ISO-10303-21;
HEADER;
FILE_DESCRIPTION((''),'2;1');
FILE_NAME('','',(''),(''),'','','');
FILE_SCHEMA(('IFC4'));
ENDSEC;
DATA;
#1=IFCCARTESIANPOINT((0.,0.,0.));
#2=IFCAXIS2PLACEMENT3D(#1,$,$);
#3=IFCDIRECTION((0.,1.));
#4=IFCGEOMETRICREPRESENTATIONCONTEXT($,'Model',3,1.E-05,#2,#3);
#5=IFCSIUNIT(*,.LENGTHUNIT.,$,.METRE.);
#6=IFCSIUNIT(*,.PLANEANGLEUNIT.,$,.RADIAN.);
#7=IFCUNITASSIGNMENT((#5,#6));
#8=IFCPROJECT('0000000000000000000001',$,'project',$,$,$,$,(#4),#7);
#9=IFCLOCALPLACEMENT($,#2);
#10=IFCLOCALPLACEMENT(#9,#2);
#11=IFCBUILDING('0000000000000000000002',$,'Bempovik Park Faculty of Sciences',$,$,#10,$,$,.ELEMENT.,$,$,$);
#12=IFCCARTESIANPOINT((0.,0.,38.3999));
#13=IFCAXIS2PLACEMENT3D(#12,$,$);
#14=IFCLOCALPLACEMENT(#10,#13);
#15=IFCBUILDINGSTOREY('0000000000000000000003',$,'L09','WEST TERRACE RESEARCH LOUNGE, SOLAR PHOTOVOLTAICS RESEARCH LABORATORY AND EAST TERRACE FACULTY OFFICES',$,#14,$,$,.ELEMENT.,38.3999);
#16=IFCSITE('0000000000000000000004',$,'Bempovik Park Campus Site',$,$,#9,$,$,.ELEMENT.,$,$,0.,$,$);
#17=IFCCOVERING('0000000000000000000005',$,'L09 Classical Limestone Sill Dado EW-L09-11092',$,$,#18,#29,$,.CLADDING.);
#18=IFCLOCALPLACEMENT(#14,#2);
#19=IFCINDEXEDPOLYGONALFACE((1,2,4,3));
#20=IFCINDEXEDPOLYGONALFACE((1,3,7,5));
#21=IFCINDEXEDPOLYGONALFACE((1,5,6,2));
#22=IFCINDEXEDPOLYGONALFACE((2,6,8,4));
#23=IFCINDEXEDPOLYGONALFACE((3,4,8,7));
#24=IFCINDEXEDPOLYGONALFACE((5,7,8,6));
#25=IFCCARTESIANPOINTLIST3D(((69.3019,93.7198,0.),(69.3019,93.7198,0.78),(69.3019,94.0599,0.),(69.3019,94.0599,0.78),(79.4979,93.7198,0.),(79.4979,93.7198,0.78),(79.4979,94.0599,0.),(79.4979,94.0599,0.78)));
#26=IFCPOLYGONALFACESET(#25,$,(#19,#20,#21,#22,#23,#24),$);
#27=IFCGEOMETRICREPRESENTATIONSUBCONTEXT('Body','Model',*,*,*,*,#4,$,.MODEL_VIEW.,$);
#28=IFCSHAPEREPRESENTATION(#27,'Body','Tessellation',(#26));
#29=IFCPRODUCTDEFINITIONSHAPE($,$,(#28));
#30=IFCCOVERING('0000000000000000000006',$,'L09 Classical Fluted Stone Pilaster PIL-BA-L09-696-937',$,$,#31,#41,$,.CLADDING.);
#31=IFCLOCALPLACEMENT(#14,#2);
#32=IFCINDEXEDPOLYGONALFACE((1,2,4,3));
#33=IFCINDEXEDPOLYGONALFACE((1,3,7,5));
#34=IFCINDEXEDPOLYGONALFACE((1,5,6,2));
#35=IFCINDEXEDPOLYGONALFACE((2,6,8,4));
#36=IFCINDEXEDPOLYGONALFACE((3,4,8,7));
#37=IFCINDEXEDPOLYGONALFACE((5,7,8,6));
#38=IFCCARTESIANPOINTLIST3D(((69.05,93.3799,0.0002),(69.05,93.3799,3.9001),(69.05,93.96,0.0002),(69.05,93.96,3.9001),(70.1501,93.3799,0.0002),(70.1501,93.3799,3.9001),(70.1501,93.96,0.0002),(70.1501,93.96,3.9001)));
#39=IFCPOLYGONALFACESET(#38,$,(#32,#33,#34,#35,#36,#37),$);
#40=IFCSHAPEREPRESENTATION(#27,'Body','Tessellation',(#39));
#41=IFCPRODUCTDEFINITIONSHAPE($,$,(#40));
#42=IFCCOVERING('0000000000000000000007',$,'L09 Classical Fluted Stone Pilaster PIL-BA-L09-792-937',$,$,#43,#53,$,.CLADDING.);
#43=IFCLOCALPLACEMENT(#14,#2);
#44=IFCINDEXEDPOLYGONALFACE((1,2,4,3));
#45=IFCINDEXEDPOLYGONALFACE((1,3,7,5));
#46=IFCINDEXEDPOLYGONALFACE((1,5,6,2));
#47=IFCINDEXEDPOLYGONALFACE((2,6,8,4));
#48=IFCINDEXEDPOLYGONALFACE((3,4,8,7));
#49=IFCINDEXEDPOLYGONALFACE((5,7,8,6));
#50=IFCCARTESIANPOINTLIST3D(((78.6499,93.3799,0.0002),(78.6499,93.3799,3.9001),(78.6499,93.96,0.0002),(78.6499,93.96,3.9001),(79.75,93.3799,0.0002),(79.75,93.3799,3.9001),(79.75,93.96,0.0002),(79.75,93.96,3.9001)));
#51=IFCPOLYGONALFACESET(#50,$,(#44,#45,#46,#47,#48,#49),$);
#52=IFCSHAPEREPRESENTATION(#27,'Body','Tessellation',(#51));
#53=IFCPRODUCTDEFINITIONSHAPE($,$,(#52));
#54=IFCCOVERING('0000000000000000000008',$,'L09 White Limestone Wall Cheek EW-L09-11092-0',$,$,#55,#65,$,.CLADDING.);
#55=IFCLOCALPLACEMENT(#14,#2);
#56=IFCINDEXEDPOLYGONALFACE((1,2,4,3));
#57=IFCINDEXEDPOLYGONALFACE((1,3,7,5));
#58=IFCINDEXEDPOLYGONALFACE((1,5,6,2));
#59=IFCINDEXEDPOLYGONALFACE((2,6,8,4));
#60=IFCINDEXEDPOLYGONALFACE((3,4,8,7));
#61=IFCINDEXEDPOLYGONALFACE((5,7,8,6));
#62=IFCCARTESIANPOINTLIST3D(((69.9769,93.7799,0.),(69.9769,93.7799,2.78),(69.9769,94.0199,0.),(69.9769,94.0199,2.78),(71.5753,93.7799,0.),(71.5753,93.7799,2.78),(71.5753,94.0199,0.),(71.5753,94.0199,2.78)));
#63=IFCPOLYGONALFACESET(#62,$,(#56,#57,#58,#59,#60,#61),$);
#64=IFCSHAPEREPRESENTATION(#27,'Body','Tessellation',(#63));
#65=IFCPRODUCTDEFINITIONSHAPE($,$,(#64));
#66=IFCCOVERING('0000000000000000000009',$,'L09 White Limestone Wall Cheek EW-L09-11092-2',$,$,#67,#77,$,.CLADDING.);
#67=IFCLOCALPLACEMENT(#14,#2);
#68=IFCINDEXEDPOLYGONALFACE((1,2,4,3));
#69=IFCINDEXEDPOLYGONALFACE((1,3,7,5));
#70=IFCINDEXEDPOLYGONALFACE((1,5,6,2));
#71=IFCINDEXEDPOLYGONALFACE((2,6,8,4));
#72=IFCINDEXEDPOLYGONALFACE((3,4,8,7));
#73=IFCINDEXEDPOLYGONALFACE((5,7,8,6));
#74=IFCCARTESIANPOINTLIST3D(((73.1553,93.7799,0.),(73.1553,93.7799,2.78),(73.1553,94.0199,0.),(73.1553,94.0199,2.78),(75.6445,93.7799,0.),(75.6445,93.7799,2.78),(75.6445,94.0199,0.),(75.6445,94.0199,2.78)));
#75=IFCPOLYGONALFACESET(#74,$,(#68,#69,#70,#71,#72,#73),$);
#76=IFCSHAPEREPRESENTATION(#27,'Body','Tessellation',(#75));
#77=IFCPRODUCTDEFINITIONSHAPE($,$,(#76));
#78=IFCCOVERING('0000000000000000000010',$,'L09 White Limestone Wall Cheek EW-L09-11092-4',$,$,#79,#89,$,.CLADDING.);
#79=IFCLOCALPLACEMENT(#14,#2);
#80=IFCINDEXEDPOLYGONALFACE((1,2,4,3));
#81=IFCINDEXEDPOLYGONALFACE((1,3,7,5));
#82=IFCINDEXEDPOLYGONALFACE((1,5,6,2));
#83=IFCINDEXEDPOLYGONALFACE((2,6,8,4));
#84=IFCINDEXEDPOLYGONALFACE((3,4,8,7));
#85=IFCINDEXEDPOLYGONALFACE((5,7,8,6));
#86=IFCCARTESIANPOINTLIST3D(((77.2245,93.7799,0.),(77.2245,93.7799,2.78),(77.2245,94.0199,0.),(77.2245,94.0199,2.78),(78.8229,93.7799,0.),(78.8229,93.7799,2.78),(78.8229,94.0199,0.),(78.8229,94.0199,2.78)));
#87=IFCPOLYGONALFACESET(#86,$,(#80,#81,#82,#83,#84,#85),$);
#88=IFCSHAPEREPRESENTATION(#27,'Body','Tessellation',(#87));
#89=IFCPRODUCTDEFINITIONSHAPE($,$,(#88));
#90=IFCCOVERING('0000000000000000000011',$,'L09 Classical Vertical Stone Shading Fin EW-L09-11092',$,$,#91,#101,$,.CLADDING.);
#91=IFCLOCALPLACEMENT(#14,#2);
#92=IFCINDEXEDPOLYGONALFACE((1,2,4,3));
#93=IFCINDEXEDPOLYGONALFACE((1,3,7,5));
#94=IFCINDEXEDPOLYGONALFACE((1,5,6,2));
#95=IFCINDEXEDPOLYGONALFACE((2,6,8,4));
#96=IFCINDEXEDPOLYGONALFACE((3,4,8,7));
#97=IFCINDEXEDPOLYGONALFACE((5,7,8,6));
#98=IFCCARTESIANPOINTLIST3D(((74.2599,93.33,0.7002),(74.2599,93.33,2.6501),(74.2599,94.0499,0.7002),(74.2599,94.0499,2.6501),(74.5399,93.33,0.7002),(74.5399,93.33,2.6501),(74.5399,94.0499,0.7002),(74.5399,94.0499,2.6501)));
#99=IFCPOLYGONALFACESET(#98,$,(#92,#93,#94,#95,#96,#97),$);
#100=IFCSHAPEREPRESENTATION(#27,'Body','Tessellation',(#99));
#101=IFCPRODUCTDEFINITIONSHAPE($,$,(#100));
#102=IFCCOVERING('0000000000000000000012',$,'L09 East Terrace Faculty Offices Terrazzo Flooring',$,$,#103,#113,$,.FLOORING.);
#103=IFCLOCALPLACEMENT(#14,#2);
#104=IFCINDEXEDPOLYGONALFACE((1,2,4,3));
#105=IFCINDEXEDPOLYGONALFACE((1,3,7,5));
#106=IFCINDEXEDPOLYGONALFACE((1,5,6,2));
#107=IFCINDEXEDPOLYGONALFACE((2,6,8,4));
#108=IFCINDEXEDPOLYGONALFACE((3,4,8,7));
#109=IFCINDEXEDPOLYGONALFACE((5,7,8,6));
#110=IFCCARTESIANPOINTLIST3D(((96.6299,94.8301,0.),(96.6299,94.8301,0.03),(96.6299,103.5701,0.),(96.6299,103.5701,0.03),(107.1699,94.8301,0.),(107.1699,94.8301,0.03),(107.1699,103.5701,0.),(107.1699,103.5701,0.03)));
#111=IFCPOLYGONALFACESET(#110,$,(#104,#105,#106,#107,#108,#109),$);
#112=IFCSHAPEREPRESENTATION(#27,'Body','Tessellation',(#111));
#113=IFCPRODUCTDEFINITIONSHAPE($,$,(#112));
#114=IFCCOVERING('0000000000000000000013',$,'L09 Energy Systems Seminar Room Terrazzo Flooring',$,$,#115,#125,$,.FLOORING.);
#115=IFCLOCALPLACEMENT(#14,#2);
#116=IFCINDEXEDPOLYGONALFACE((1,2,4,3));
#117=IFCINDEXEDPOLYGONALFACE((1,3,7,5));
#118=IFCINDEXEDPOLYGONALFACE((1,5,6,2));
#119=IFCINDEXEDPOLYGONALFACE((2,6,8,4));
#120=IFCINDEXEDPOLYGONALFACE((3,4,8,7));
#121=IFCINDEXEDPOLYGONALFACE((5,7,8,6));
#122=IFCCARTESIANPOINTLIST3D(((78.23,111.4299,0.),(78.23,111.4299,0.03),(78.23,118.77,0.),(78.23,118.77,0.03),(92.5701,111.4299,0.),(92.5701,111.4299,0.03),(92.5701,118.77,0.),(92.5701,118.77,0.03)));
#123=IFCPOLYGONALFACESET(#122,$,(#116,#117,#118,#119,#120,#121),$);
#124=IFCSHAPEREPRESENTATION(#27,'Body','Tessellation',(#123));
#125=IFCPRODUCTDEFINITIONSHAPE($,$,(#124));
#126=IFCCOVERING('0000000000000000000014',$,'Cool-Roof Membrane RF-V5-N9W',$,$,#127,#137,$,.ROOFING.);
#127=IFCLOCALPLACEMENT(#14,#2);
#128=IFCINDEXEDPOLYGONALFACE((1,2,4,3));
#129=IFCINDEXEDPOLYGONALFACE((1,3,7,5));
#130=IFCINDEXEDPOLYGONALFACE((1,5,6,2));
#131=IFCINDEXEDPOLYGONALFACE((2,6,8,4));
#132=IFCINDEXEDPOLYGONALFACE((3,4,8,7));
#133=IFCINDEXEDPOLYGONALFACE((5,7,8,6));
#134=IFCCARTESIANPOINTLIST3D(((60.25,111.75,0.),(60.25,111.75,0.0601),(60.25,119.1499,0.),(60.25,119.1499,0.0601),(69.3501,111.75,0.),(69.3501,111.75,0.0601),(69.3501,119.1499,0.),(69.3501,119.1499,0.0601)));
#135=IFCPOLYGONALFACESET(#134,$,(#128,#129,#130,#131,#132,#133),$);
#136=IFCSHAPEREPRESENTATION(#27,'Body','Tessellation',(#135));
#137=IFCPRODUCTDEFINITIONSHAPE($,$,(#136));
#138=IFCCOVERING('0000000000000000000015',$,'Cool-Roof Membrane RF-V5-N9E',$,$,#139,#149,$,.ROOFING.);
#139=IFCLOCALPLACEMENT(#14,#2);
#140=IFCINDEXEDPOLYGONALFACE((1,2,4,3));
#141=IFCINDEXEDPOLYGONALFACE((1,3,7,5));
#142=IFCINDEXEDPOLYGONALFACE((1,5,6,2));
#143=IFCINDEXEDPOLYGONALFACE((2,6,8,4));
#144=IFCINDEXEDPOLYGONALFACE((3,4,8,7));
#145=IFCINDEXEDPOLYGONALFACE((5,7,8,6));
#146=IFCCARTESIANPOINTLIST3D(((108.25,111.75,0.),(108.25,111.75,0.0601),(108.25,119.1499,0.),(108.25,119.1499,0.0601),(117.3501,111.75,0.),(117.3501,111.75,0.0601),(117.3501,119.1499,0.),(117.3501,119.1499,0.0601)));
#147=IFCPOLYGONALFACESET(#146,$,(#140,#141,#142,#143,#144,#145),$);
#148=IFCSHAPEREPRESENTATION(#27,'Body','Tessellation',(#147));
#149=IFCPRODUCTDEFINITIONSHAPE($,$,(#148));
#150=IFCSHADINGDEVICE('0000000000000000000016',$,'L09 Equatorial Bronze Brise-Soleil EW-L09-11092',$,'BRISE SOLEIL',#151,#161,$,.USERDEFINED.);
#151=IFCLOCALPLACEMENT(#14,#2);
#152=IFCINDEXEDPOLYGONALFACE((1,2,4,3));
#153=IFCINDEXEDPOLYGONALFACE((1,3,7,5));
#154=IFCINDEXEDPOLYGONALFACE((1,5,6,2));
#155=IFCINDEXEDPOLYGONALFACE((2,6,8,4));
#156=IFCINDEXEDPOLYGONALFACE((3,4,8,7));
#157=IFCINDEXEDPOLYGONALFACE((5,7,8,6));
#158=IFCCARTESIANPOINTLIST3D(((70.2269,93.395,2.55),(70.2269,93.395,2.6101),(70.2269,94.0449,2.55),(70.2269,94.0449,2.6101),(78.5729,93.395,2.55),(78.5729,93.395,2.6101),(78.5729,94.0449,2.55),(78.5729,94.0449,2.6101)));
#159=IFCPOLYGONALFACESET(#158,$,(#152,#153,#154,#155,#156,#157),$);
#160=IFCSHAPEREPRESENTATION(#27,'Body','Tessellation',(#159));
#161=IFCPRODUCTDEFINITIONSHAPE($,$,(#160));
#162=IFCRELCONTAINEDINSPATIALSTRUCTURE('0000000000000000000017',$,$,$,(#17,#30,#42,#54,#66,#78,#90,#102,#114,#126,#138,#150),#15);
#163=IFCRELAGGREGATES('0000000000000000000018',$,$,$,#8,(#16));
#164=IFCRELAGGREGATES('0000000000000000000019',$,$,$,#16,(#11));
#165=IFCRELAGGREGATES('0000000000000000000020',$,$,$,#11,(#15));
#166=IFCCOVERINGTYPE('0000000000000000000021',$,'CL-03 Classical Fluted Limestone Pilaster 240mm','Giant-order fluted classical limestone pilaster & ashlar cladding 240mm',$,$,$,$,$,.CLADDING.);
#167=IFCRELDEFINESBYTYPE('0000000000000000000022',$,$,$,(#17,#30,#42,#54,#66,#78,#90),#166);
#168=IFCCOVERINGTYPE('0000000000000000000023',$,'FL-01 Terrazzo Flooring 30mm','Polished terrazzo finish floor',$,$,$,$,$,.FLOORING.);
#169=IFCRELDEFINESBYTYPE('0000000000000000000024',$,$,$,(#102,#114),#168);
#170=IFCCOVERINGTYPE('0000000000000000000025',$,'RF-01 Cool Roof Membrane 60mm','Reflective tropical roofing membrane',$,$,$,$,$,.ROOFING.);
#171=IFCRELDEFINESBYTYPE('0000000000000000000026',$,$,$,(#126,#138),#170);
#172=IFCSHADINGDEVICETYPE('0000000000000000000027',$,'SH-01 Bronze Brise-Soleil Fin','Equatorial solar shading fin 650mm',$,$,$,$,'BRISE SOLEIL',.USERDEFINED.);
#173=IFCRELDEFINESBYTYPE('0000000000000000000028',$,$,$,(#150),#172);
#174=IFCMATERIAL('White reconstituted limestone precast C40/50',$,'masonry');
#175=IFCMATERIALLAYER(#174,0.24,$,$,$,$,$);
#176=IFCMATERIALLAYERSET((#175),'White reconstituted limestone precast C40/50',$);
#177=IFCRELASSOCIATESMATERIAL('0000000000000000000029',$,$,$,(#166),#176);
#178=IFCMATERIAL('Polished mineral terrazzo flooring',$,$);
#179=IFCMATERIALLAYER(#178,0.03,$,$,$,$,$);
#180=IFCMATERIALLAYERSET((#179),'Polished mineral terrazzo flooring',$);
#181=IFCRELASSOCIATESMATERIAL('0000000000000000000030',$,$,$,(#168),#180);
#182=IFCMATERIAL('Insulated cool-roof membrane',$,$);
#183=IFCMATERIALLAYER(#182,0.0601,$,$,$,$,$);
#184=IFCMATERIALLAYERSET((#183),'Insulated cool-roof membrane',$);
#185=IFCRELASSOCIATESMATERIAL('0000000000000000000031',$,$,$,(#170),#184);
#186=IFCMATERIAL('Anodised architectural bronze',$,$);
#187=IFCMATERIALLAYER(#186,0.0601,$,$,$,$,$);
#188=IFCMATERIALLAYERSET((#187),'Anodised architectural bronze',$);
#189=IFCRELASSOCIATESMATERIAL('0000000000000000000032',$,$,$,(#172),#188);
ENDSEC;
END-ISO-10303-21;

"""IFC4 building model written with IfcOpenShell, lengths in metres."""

from ifc_helpers import new_model, si_unit, direction, frame, origin, origin_2d, place, context, subcontext, project, spatial, polyline, rectangle, outline, extrude, material, layer, layer_set, type_object, element, save


model = new_model("IFC4")

# Units and contexts
model_context = context("Model", 3, precision=1e-05, world=origin(), true_north=direction((0.0, 1.0)))
body_context = subcontext(model_context, "Body", "Model", "MODEL_VIEW")
ifc_project = project(units=[si_unit("LENGTHUNIT", "METRE"), si_unit("PLANEANGLEUNIT", "RADIAN")], contexts=[model_context])

# Site, building, storey
site_placement = place(None, origin())
site = spatial("IfcSite", under=ifc_project, at=site_placement, Name="Bempovik Park Campus Site", CompositionType="ELEMENT", RefElevation=0.0)
building_placement = place(site_placement, origin())
building = spatial("IfcBuilding", under=site, at=building_placement, Name="Bempovik Park Faculty of Sciences", CompositionType="ELEMENT")
storey_placement = place(building_placement, frame((0.0, 0.0, 38.3999)))
storey = spatial("IfcBuildingStorey", under=building, at=storey_placement, Name="L09", Description="WEST TERRACE RESEARCH LOUNGE, SOLAR PHOTOVOLTAICS RESEARCH LABORATORY AND EAST TERRACE FACULTY OFFICES", CompositionType="ELEMENT", Elevation=38.3999)

# Coverings
ifc_material_1 = material(Name="White reconstituted limestone precast C40/50", Category="masonry")
ifc_layer_1 = layer(ifc_material_1, 0.24)
ifc_layer_set_1 = layer_set([ifc_layer_1], Name="White reconstituted limestone precast C40/50")
covering_type_1 = type_object("IfcCoveringType", Name="CL-03 Classical Fluted Limestone Pilaster 240mm", Description="Giant-order fluted classical limestone pilaster & ashlar cladding 240mm", PredefinedType="CLADDING", material=ifc_layer_set_1)
covering_1_placement = place(storey_placement, frame((74.3999, 93.8899, 0.0), z_axis=(0.0, 0.0, 1.0), x_axis=(1.0, 0.0, 0.0)))
element("IfcCovering", 1, at=covering_1_placement, inside=storey, type_object=covering_type_1, Name="L09 Classical Limestone Sill Dado EW-L09-11092", PredefinedType="CLADDING", context=body_context, shape_type="SweptSolid", body=[
    extrude(rectangle(XDim=10.196, YDim=0.3401, at=origin_2d()), origin(), (0.0, 0.0, 1.0), 0.78),
])
for number, where, z_axis, x_axis, name in (
    (2, (69.6001, 93.6699, 0.0002), (0.0, 0.0, 1.0), (1.0, 0.0, 0.0), "L09 Classical Fluted Stone Pilaster PIL-BA-L09-696-937"),
    (3, (79.2, 93.6699, 0.0002), (0.0, 0.0, 1.0), (1.0, 0.0, 0.0), "L09 Classical Fluted Stone Pilaster PIL-BA-L09-792-937"),
):
    element("IfcCovering", number, at=place(storey_placement, frame(where, z_axis=z_axis, x_axis=x_axis)), inside=storey, type_object=covering_type_1, Name=name, PredefinedType="CLADDING", context=body_context, shape_type="SweptSolid", body=[
        extrude(rectangle(XDim=1.1001, YDim=0.5801, at=origin_2d()), origin(), (0.0, 0.0, 1.0), 3.8999),
    ])
covering_2_placement = place(storey_placement, frame((70.7761, 93.8999, 0.0), z_axis=(0.0, 0.0, 1.0), x_axis=(1.0, 0.0, 0.0)))
element("IfcCovering", 4, at=covering_2_placement, inside=storey, type_object=covering_type_1, Name="L09 White Limestone Wall Cheek EW-L09-11092-0", PredefinedType="CLADDING", context=body_context, shape_type="SweptSolid", body=[
    extrude(rectangle(XDim=1.5984, YDim=0.24, at=origin_2d()), origin(), (0.0, 0.0, 1.0), 2.78),
])
covering_3_placement = place(storey_placement, frame((74.3999, 93.8999, 0.0), z_axis=(0.0, 0.0, 1.0), x_axis=(1.0, 0.0, 0.0)))
element("IfcCovering", 5, at=covering_3_placement, inside=storey, type_object=covering_type_1, Name="L09 White Limestone Wall Cheek EW-L09-11092-2", PredefinedType="CLADDING", context=body_context, shape_type="SweptSolid", body=[
    extrude(rectangle(XDim=2.4893, YDim=0.24, at=origin_2d()), origin(), (0.0, 0.0, 1.0), 2.78),
])
covering_4_placement = place(storey_placement, frame((78.0237, 93.8999, 0.0), z_axis=(0.0, 0.0, 1.0), x_axis=(1.0, 0.0, 0.0)))
element("IfcCovering", 6, at=covering_4_placement, inside=storey, type_object=covering_type_1, Name="L09 White Limestone Wall Cheek EW-L09-11092-4", PredefinedType="CLADDING", context=body_context, shape_type="SweptSolid", body=[
    extrude(rectangle(XDim=1.5984, YDim=0.24, at=origin_2d()), origin(), (0.0, 0.0, 1.0), 2.78),
])
covering_5_placement = place(storey_placement, frame((74.3999, 93.6899, 0.7002), z_axis=(0.0, 0.0, 1.0), x_axis=(1.0, 0.0, 0.0)))
element("IfcCovering", 7, at=covering_5_placement, inside=storey, type_object=covering_type_1, Name="L09 Classical Vertical Stone Shading Fin EW-L09-11092", PredefinedType="CLADDING", context=body_context, shape_type="SweptSolid", body=[
    extrude(rectangle(XDim=0.28, YDim=0.72, at=origin_2d()), origin(), (0.0, 0.0, 1.0), 1.95),
])
ifc_material_2 = material(Name="Polished mineral terrazzo flooring")
ifc_layer_2 = layer(ifc_material_2, 0.03)
ifc_layer_set_2 = layer_set([ifc_layer_2], Name="Polished mineral terrazzo flooring")
covering_type_2 = type_object("IfcCoveringType", Name="FL-01 Terrazzo Flooring 30mm", Description="Polished terrazzo finish floor", PredefinedType="FLOORING", material=ifc_layer_set_2)
covering_6_placement = place(storey_placement, origin())
element("IfcCovering", 8, at=covering_6_placement, inside=storey, type_object=covering_type_2, Name="L09 East Terrace Faculty Offices Terrazzo Flooring", PredefinedType="FLOORING", context=body_context, shape_type="SweptSolid", body=[
    extrude(outline(polyline([(96.6299, 94.8301), (107.1699, 94.8301), (107.1699, 103.5701), (96.6299, 103.5701), (96.6299, 94.8301)])), origin(), (0.0, 0.0, 1.0), 0.03),
])
covering_7_placement = place(storey_placement, origin())
element("IfcCovering", 9, at=covering_7_placement, inside=storey, type_object=covering_type_2, Name="L09 Energy Systems Seminar Room Terrazzo Flooring", PredefinedType="FLOORING", context=body_context, shape_type="SweptSolid", body=[
    extrude(outline(polyline([(78.23, 111.4299), (92.5701, 111.4299), (92.5701, 118.77), (78.23, 118.77), (78.23, 111.4299)])), origin(), (0.0, 0.0, 1.0), 0.03),
])
ifc_material_3 = material(Name="Insulated cool-roof membrane")
ifc_layer_3 = layer(ifc_material_3, 0.0601)
ifc_layer_set_3 = layer_set([ifc_layer_3], Name="Insulated cool-roof membrane")
covering_type_3 = type_object("IfcCoveringType", Name="RF-01 Cool Roof Membrane 60mm", Description="Reflective tropical roofing membrane", PredefinedType="ROOFING", material=ifc_layer_set_3)
covering_8_placement = place(storey_placement, origin())
element("IfcCovering", 10, at=covering_8_placement, inside=storey, type_object=covering_type_3, Name="Cool-Roof Membrane RF-V5-N9W", PredefinedType="ROOFING", context=body_context, shape_type="SweptSolid", body=[
    extrude(outline(polyline([(60.25, 111.75), (69.3501, 111.75), (69.3501, 119.1499), (60.25, 119.1499), (60.25, 111.75)])), origin(), (0.0, 0.0, 1.0), 0.0601),
])
covering_9_placement = place(storey_placement, origin())
element("IfcCovering", 11, at=covering_9_placement, inside=storey, type_object=covering_type_3, Name="Cool-Roof Membrane RF-V5-N9E", PredefinedType="ROOFING", context=body_context, shape_type="SweptSolid", body=[
    extrude(outline(polyline([(108.25, 111.75), (117.3501, 111.75), (117.3501, 119.1499), (108.25, 119.1499), (108.25, 111.75)])), origin(), (0.0, 0.0, 1.0), 0.0601),
])

# Shading device
ifc_material_4 = material(Name="Anodised architectural bronze")
ifc_layer_4 = layer(ifc_material_4, 0.0601)
ifc_layer_set_4 = layer_set([ifc_layer_4], Name="Anodised architectural bronze")
shading_device_type = type_object("IfcShadingDeviceType", Name="SH-01 Bronze Brise-Soleil Fin", Description="Equatorial solar shading fin 650mm", ElementType="BRISE SOLEIL", PredefinedType="USERDEFINED", material=ifc_layer_set_4)
shading_device_placement = place(storey_placement, frame((74.3999, 93.72, 2.55), z_axis=(0.0, 0.0, 1.0), x_axis=(1.0, 0.0, 0.0)))
element("IfcShadingDevice", 12, at=shading_device_placement, inside=storey, type_object=shading_device_type, Name="L09 Equatorial Bronze Brise-Soleil EW-L09-11092", ObjectType="BRISE SOLEIL", PredefinedType="USERDEFINED", context=body_context, shape_type="SweptSolid", body=[
    extrude(rectangle(XDim=8.3459, YDim=0.6499, at=origin_2d()), origin(), (0.0, 0.0, 1.0), 0.0601),
])

save(model, "model.ifc")
